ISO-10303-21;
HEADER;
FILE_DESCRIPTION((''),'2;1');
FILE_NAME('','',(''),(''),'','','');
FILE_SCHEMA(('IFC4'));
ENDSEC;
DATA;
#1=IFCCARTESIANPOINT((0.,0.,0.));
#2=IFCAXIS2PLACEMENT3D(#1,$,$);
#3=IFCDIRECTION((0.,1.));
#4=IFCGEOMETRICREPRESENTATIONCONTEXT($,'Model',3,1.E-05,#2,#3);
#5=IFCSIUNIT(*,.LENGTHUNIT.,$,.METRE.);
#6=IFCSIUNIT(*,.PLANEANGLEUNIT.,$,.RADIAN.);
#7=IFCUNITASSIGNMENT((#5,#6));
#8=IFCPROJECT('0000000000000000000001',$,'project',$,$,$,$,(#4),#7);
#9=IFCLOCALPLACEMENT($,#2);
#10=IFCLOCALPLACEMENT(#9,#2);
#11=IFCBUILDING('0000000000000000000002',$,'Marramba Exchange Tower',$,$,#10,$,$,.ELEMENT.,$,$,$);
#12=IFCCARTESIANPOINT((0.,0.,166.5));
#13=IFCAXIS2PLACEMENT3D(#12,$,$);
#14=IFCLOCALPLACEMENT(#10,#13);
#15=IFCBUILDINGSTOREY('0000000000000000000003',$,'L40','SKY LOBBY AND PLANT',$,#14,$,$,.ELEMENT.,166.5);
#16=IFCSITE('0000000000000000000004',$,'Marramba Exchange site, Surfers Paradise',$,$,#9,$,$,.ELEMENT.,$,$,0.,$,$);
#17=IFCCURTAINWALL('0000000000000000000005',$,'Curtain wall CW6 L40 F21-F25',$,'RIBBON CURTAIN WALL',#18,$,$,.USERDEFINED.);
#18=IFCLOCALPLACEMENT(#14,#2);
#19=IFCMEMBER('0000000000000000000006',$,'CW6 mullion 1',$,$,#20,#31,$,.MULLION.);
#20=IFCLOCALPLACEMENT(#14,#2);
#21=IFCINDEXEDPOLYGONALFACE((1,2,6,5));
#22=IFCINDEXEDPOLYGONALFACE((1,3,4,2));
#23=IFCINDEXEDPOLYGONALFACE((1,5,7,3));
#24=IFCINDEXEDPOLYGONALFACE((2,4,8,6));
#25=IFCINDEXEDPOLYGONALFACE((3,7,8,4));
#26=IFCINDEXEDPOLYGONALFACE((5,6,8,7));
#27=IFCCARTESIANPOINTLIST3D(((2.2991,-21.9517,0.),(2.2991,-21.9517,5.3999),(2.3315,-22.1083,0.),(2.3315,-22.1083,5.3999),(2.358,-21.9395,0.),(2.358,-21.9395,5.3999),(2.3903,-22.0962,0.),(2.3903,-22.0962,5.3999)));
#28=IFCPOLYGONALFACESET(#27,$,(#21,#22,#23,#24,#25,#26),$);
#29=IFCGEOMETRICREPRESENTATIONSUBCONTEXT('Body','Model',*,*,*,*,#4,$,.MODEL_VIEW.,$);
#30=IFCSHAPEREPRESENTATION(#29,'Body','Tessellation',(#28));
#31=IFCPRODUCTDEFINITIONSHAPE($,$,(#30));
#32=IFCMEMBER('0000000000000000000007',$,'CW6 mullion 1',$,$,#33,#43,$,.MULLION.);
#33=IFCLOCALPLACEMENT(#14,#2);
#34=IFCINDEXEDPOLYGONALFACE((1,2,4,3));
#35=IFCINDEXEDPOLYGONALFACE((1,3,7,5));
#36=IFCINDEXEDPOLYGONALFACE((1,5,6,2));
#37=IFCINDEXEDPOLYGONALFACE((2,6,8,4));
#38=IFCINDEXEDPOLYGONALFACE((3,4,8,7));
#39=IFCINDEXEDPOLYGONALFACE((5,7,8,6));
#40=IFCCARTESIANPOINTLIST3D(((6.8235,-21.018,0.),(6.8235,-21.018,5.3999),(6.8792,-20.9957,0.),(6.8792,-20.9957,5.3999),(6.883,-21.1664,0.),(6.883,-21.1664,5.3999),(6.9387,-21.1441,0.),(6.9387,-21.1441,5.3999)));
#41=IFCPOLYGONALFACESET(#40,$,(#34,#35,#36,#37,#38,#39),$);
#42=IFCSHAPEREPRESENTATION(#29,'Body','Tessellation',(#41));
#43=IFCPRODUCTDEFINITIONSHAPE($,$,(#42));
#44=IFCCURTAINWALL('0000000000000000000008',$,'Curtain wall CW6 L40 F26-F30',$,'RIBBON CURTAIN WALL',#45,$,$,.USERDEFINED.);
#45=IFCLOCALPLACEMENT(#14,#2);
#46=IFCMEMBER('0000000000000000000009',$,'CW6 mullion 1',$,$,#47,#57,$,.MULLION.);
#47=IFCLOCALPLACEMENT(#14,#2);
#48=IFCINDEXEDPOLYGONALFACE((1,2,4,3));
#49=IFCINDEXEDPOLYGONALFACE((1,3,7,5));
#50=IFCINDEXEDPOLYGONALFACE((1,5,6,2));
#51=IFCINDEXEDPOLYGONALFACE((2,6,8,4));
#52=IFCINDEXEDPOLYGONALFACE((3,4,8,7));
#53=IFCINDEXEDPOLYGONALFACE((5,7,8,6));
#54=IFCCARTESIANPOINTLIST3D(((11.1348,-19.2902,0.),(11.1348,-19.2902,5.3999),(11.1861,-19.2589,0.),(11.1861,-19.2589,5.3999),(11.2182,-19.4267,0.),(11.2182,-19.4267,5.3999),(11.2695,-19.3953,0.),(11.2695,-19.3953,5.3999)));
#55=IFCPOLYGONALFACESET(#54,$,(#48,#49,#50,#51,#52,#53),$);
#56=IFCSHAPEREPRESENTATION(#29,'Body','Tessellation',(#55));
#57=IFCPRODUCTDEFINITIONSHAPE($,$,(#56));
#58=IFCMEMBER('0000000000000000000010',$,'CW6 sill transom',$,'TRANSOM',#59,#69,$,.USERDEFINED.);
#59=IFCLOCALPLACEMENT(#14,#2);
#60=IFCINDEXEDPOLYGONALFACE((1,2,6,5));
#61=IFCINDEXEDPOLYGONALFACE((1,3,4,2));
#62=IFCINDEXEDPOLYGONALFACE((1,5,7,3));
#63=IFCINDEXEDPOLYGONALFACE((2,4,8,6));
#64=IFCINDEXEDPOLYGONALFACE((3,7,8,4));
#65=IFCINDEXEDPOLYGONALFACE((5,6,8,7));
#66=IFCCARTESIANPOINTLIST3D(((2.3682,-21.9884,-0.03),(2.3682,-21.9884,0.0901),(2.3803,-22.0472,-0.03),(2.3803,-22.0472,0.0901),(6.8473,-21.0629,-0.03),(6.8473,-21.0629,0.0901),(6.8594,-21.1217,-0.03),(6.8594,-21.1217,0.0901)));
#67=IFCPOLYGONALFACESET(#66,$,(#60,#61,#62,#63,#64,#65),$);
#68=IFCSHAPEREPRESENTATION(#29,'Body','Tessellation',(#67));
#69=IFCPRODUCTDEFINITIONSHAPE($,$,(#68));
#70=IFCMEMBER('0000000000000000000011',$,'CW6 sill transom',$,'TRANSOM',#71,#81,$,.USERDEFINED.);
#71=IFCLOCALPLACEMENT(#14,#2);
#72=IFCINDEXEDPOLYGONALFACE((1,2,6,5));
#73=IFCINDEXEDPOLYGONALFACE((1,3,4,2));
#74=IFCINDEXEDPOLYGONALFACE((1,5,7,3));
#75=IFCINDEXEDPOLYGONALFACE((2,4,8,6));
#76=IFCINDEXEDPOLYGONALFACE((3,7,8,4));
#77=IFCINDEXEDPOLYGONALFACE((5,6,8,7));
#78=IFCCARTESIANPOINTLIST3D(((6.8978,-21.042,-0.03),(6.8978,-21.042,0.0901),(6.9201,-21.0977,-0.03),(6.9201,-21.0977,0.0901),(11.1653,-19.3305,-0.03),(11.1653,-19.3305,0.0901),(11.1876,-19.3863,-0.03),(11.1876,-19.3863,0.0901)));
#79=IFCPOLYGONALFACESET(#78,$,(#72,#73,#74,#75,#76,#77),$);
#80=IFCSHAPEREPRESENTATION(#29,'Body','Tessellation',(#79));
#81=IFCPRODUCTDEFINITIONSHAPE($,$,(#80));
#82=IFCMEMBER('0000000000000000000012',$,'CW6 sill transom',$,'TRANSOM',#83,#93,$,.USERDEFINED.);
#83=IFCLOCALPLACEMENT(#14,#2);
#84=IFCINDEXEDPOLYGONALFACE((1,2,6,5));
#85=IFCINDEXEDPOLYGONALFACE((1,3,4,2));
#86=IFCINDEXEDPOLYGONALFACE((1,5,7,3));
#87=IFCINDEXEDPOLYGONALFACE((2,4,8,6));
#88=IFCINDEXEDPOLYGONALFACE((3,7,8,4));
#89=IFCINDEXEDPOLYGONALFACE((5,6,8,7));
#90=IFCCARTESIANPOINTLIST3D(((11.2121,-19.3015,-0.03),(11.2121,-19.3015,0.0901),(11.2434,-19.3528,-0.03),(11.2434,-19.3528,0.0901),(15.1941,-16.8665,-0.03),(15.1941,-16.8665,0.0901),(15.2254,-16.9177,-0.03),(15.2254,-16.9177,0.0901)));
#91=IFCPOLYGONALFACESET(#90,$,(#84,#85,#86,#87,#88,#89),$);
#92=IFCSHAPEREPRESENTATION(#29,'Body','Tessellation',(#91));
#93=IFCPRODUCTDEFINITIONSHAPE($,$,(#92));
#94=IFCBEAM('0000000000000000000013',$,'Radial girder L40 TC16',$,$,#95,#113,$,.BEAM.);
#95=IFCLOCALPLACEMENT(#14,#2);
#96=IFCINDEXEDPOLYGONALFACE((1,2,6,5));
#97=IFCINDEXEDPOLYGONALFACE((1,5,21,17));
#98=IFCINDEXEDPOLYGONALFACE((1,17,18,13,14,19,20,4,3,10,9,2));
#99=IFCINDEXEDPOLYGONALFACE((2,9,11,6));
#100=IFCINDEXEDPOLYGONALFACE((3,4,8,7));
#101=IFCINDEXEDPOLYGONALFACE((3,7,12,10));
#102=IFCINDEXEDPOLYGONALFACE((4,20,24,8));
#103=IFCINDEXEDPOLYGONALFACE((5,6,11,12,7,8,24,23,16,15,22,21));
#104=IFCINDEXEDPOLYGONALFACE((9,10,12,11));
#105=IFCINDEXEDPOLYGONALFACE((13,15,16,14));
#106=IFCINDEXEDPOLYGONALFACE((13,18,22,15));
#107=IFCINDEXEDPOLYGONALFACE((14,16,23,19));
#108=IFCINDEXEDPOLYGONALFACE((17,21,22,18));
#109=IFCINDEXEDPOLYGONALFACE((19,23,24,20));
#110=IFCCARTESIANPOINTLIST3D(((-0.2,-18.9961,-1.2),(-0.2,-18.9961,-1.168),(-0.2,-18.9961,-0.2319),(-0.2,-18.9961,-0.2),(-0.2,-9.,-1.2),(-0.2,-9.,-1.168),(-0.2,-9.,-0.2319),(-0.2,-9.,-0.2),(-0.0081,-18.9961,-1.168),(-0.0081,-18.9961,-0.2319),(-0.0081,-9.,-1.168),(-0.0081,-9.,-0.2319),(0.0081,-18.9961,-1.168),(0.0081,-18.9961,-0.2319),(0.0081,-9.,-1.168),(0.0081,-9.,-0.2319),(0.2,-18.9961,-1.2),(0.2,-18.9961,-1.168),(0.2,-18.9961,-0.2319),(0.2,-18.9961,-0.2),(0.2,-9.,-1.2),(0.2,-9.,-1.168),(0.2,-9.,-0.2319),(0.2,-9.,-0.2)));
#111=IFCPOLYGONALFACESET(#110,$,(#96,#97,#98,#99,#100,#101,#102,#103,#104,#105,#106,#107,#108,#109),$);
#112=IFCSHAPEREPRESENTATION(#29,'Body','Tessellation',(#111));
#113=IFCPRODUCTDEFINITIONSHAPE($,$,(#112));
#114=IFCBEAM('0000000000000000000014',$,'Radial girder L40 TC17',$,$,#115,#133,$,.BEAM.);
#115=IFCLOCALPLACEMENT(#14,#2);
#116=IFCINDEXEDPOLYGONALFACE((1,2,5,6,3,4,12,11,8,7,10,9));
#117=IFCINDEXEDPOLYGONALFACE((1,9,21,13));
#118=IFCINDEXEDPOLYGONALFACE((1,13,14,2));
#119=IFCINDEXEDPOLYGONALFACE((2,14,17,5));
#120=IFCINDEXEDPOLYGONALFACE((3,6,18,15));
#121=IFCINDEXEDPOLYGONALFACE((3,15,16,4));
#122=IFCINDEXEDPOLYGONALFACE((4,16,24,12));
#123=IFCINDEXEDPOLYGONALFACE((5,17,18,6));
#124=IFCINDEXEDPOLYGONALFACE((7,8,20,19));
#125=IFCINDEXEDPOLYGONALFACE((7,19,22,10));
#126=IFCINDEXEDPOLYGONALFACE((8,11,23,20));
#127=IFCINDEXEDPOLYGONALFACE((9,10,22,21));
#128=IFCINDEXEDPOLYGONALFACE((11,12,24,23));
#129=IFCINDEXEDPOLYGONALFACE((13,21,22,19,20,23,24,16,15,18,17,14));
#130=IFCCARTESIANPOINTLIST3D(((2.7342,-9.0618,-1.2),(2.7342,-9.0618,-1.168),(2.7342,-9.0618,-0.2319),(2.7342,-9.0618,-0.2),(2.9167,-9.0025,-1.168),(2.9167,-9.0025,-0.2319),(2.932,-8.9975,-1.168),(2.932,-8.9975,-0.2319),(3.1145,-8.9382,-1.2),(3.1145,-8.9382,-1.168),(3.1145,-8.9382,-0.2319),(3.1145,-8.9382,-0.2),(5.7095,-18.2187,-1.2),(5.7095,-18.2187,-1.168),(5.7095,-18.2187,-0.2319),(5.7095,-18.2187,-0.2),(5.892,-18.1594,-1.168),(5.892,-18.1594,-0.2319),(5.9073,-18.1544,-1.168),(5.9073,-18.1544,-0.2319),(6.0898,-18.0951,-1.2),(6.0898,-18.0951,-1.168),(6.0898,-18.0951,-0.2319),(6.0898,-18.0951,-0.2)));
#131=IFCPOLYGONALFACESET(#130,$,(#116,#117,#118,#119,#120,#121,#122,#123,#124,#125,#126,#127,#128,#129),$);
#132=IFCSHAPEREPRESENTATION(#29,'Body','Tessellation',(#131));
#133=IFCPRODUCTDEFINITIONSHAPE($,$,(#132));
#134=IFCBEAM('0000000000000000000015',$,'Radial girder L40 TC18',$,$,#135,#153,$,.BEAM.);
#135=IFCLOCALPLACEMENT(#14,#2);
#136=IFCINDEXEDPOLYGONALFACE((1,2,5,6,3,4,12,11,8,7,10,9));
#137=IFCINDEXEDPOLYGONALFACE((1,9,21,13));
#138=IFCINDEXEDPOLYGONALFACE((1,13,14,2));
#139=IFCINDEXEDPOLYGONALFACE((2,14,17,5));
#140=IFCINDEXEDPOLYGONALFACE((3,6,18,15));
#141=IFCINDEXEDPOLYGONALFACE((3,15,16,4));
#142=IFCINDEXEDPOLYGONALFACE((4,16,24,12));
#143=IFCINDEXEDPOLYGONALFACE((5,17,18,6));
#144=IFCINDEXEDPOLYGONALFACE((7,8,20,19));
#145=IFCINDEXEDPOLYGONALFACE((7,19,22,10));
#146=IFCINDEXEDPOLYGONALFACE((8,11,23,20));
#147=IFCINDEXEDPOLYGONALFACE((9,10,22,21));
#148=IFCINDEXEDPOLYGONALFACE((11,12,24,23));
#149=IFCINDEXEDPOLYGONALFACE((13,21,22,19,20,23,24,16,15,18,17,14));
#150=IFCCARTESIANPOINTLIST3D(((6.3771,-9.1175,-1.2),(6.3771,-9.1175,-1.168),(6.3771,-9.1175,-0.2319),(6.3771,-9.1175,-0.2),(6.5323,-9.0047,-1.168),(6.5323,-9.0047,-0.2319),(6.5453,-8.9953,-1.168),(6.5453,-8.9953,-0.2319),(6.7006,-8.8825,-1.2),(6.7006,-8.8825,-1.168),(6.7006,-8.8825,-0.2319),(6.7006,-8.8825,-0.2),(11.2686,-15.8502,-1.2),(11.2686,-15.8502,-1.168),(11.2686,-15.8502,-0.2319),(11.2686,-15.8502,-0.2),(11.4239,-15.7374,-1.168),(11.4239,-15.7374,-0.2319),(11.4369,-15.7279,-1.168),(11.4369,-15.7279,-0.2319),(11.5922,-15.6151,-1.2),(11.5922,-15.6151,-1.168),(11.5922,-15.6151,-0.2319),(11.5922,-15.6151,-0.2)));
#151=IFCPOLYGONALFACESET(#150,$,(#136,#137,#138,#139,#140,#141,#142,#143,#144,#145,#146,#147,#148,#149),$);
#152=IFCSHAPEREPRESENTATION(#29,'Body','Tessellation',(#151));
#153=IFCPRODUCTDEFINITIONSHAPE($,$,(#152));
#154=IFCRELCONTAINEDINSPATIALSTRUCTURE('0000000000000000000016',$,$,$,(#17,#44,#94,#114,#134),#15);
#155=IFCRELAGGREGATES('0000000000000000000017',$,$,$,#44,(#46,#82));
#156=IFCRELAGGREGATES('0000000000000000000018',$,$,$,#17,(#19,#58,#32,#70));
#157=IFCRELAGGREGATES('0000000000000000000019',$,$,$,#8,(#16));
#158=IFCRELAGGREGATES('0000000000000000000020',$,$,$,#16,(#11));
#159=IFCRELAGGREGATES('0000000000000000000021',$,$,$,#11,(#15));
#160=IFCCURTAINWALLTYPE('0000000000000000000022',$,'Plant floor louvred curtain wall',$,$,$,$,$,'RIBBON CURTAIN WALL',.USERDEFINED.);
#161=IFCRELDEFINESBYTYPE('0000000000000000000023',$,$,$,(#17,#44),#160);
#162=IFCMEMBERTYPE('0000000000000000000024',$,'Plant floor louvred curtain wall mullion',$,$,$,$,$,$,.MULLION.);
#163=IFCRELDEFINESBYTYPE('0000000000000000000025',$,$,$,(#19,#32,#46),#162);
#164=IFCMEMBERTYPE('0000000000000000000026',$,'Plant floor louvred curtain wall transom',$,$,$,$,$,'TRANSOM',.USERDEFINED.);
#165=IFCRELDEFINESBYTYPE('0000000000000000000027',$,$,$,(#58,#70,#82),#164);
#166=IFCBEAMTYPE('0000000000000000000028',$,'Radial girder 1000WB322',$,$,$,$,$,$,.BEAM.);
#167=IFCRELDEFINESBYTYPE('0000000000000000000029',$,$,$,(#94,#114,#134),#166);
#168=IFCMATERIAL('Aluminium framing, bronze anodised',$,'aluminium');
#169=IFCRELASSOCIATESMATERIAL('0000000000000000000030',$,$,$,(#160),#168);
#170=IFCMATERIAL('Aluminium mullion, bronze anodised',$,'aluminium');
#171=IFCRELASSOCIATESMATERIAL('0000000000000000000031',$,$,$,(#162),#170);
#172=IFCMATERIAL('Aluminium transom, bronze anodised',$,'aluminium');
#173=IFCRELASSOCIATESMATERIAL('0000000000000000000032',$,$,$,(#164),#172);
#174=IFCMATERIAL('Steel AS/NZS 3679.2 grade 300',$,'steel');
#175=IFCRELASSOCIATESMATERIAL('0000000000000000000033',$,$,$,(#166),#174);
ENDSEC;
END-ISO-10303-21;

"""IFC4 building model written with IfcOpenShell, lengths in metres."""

from ifc_helpers import new_model, si_unit, direction, frame, origin, origin_2d, place, context, subcontext, project, spatial, rectangle, i_section, extrude, material, material_profile, profile_set, type_object, element, aggregate, save


model = new_model("IFC4")

# Units and contexts
model_context = context("Model", 3, precision=1e-05, world=origin(), true_north=direction((0.0, 1.0)))
body_context = subcontext(model_context, "Body", "Model", "MODEL_VIEW")
ifc_project = project(units=[si_unit("LENGTHUNIT", "METRE"), si_unit("PLANEANGLEUNIT", "RADIAN")], contexts=[model_context])

# Site, building, storey
site_placement = place(None, origin())
site = spatial("IfcSite", under=ifc_project, at=site_placement, Name="Marramba Exchange site, Surfers Paradise", CompositionType="ELEMENT", RefElevation=0.0)
building_placement = place(site_placement, origin())
building = spatial("IfcBuilding", under=site, at=building_placement, Name="Marramba Exchange Tower", CompositionType="ELEMENT")
storey_placement = place(building_placement, frame((0.0, 0.0, 166.5)))
storey = spatial("IfcBuildingStorey", under=building, at=storey_placement, Name="L40", Description="SKY LOBBY AND PLANT", CompositionType="ELEMENT", Elevation=166.5)

# Shared definitions
ifc_material_1 = material(Name="Steel AS/NZS 3679.2 grade 300", Category="steel")

# Curtain wall, members
ifc_material_2 = material(Name="Aluminium framing, bronze anodised", Category="aluminium")
curtain_wall_type = type_object("IfcCurtainWallType", Name="Plant floor louvred curtain wall", ElementType="RIBBON CURTAIN WALL", PredefinedType="USERDEFINED", material=ifc_material_2)
curtain_wall_1_placement = place(storey_placement, origin())
curtain_wall_1 = element("IfcCurtainWall", 1, at=curtain_wall_1_placement, inside=storey, type_object=curtain_wall_type, Name="Curtain wall CW6 L40 F21-F25", ObjectType="RIBBON CURTAIN WALL", PredefinedType="USERDEFINED")
ifc_material_3 = material(Name="Aluminium mullion, bronze anodised", Category="aluminium")
ifc_material_profile_1 = material_profile(ifc_material_3, rectangle(XDim=0.1599, YDim=0.0601, at=origin_2d()), Name="CW6 mullion 60x160")
ifc_profile_set_1 = profile_set([ifc_material_profile_1], Name="Aluminium mullion, bronze anodised")
member_type_1 = type_object("IfcMemberType", Name="Plant floor louvred curtain wall mullion", PredefinedType="MULLION", material=ifc_profile_set_1)
member_1_placement = place(storey_placement, frame((2.3447, -22.0239, 0.0), z_axis=(0.0, 0.0, 1.0), x_axis=(-0.202365, 0.97931, 0.0)))
member_1 = element("IfcMember", 2, at=member_1_placement, type_object=member_type_1, Name="CW6 mullion 1", PredefinedType="MULLION", context=body_context, shape_type="SweptSolid", body=[
    extrude(rectangle(XDim=0.1599, YDim=0.0601, at=origin_2d()), origin(), (0.0, 0.0, 1.0), 5.3999),
])
member_2_placement = place(storey_placement, frame((6.8811, -21.0811, 0.0), z_axis=(0.0, 0.0, 1.0), x_axis=(-0.372209, 0.928149, 0.0)))
member_2 = element("IfcMember", 3, at=member_2_placement, type_object=member_type_1, Name="CW6 mullion 1", PredefinedType="MULLION", context=body_context, shape_type="SweptSolid", body=[
    extrude(rectangle(XDim=0.1599, YDim=0.0601, at=origin_2d()), origin(), (0.0, 0.0, 1.0), 5.3999),
])

# Curtain wall, member
curtain_wall_2_placement = place(storey_placement, origin())
curtain_wall_2 = element("IfcCurtainWall", 4, at=curtain_wall_2_placement, inside=storey, type_object=curtain_wall_type, Name="Curtain wall CW6 L40 F26-F30", ObjectType="RIBBON CURTAIN WALL", PredefinedType="USERDEFINED")
member_3_placement = place(storey_placement, frame((11.2021, -19.3428, 0.0), z_axis=(0.0, 0.0, 1.0), x_axis=(-0.521733, 0.853109, 0.0)))
member_3 = element("IfcMember", 5, at=member_3_placement, type_object=member_type_1, Name="CW6 mullion 1", PredefinedType="MULLION", context=body_context, shape_type="SweptSolid", body=[
    extrude(rectangle(XDim=0.1599, YDim=0.0601, at=origin_2d()), origin(), (0.0, 0.0, 1.0), 5.3999),
])

# Members
ifc_material_4 = material(Name="Aluminium transom, bronze anodised", Category="aluminium")
ifc_material_profile_2 = material_profile(ifc_material_4, rectangle(XDim=0.0601, YDim=0.1201, at=origin_2d()), Name="CW6 transom 60x120")
ifc_profile_set_2 = profile_set([ifc_material_profile_2], Name="Aluminium transom, bronze anodised")
member_type_2 = type_object("IfcMemberType", Name="Plant floor louvred curtain wall transom", ElementType="TRANSOM", PredefinedType="USERDEFINED", material=ifc_profile_set_2)
member_4_placement = place(storey_placement, frame((2.3743, -22.0178, 0.03), z_axis=(0.97931, 0.202364, 0.0), x_axis=(-0.202364, 0.97931, 0.0)))
member_4 = element("IfcMember", 6, at=member_4_placement, type_object=member_type_2, Name="CW6 sill transom", ObjectType="TRANSOM", PredefinedType="USERDEFINED", context=body_context, shape_type="SweptSolid", body=[
    extrude(rectangle(XDim=0.0601, YDim=0.1201, at=origin_2d()), origin(), (0.0, 0.0, 1.0), 4.5737),
])
member_5_placement = place(storey_placement, frame((6.9089, -21.0698, 0.03), z_axis=(0.928147, 0.372214, 0.0), x_axis=(-0.372214, 0.928147, 0.0)))
member_5 = element("IfcMember", 7, at=member_5_placement, type_object=member_type_2, Name="CW6 sill transom", ObjectType="TRANSOM", PredefinedType="USERDEFINED", context=body_context, shape_type="SweptSolid", body=[
    extrude(rectangle(XDim=0.0601, YDim=0.1201, at=origin_2d()), origin(), (0.0, 0.0, 1.0), 4.5979),
])
member_6_placement = place(storey_placement, frame((11.2278, -19.3271, 0.03), z_axis=(0.853124, 0.521708, 0.0), x_axis=(-0.521708, 0.853124, 0.0)))
member_6 = element("IfcMember", 8, at=member_6_placement, type_object=member_type_2, Name="CW6 sill transom", ObjectType="TRANSOM", PredefinedType="USERDEFINED", context=body_context, shape_type="SweptSolid", body=[
    extrude(rectangle(XDim=0.0601, YDim=0.1201, at=origin_2d()), origin(), (0.0, 0.0, 1.0), 4.6675),
])
aggregate(curtain_wall_2, [member_3, member_6])

# Beams
ifc_material_profile_3 = material_profile(ifc_material_1, i_section(OverallWidth=0.3999, OverallDepth=1.0, WebThickness=0.0161, FlangeThickness=0.032, at=origin_2d()), Name="1000WB322")
ifc_profile_set_3 = profile_set([ifc_material_profile_3], Name="Steel AS/NZS 3679.2 grade 300")
beam_type_1 = type_object("IfcBeamType", Name="Radial girder 1000WB322", PredefinedType="BEAM", material=ifc_profile_set_3)
beam_1_placement = place(storey_placement, frame((0.0, -9.0, -0.7), z_axis=(0.0, -1.0, 0.0), x_axis=(1.0, 0.0, 0.0)))
element("IfcBeam", 9, at=beam_1_placement, inside=storey, type_object=beam_type_1, Name="Radial girder L40 TC16", PredefinedType="BEAM", context=body_context, shape_type="SweptSolid", body=[
    extrude(i_section(OverallWidth=0.3999, OverallDepth=1.0, WebThickness=0.0161, FlangeThickness=0.032, at=origin_2d()), origin(), (0.0, 0.0, 1.0), 9.9961),
])
beam_2_placement = place(storey_placement, frame((2.9243, -9.0, -0.7), z_axis=(0.309022, -0.951055, 0.0), x_axis=(0.951055, 0.309022, 0.0)))
element("IfcBeam", 10, at=beam_2_placement, inside=storey, type_object=beam_type_1, Name="Radial girder L40 TC17", PredefinedType="BEAM", context=body_context, shape_type="SweptSolid", body=[
    extrude(i_section(OverallWidth=0.3999, OverallDepth=1.0, WebThickness=0.0161, FlangeThickness=0.032, at=origin_2d()), origin(), (0.0, 0.0, 1.0), 9.6282),
])
beam_3_placement = place(storey_placement, frame((6.5388, -9.0, -0.7), z_axis=(0.587788, -0.809015, 0.0), x_axis=(0.809015, 0.587788, 0.0)))
element("IfcBeam", 11, at=beam_3_placement, inside=storey, type_object=beam_type_1, Name="Radial girder L40 TC18", PredefinedType="BEAM", context=body_context, shape_type="SweptSolid", body=[
    extrude(i_section(OverallWidth=0.3999, OverallDepth=1.0, WebThickness=0.0161, FlangeThickness=0.032, at=origin_2d()), origin(), (0.0, 0.0, 1.0), 8.322),
])

aggregate(curtain_wall_1, [member_1, member_4, member_2, member_5])

save(model, "model.ifc")
